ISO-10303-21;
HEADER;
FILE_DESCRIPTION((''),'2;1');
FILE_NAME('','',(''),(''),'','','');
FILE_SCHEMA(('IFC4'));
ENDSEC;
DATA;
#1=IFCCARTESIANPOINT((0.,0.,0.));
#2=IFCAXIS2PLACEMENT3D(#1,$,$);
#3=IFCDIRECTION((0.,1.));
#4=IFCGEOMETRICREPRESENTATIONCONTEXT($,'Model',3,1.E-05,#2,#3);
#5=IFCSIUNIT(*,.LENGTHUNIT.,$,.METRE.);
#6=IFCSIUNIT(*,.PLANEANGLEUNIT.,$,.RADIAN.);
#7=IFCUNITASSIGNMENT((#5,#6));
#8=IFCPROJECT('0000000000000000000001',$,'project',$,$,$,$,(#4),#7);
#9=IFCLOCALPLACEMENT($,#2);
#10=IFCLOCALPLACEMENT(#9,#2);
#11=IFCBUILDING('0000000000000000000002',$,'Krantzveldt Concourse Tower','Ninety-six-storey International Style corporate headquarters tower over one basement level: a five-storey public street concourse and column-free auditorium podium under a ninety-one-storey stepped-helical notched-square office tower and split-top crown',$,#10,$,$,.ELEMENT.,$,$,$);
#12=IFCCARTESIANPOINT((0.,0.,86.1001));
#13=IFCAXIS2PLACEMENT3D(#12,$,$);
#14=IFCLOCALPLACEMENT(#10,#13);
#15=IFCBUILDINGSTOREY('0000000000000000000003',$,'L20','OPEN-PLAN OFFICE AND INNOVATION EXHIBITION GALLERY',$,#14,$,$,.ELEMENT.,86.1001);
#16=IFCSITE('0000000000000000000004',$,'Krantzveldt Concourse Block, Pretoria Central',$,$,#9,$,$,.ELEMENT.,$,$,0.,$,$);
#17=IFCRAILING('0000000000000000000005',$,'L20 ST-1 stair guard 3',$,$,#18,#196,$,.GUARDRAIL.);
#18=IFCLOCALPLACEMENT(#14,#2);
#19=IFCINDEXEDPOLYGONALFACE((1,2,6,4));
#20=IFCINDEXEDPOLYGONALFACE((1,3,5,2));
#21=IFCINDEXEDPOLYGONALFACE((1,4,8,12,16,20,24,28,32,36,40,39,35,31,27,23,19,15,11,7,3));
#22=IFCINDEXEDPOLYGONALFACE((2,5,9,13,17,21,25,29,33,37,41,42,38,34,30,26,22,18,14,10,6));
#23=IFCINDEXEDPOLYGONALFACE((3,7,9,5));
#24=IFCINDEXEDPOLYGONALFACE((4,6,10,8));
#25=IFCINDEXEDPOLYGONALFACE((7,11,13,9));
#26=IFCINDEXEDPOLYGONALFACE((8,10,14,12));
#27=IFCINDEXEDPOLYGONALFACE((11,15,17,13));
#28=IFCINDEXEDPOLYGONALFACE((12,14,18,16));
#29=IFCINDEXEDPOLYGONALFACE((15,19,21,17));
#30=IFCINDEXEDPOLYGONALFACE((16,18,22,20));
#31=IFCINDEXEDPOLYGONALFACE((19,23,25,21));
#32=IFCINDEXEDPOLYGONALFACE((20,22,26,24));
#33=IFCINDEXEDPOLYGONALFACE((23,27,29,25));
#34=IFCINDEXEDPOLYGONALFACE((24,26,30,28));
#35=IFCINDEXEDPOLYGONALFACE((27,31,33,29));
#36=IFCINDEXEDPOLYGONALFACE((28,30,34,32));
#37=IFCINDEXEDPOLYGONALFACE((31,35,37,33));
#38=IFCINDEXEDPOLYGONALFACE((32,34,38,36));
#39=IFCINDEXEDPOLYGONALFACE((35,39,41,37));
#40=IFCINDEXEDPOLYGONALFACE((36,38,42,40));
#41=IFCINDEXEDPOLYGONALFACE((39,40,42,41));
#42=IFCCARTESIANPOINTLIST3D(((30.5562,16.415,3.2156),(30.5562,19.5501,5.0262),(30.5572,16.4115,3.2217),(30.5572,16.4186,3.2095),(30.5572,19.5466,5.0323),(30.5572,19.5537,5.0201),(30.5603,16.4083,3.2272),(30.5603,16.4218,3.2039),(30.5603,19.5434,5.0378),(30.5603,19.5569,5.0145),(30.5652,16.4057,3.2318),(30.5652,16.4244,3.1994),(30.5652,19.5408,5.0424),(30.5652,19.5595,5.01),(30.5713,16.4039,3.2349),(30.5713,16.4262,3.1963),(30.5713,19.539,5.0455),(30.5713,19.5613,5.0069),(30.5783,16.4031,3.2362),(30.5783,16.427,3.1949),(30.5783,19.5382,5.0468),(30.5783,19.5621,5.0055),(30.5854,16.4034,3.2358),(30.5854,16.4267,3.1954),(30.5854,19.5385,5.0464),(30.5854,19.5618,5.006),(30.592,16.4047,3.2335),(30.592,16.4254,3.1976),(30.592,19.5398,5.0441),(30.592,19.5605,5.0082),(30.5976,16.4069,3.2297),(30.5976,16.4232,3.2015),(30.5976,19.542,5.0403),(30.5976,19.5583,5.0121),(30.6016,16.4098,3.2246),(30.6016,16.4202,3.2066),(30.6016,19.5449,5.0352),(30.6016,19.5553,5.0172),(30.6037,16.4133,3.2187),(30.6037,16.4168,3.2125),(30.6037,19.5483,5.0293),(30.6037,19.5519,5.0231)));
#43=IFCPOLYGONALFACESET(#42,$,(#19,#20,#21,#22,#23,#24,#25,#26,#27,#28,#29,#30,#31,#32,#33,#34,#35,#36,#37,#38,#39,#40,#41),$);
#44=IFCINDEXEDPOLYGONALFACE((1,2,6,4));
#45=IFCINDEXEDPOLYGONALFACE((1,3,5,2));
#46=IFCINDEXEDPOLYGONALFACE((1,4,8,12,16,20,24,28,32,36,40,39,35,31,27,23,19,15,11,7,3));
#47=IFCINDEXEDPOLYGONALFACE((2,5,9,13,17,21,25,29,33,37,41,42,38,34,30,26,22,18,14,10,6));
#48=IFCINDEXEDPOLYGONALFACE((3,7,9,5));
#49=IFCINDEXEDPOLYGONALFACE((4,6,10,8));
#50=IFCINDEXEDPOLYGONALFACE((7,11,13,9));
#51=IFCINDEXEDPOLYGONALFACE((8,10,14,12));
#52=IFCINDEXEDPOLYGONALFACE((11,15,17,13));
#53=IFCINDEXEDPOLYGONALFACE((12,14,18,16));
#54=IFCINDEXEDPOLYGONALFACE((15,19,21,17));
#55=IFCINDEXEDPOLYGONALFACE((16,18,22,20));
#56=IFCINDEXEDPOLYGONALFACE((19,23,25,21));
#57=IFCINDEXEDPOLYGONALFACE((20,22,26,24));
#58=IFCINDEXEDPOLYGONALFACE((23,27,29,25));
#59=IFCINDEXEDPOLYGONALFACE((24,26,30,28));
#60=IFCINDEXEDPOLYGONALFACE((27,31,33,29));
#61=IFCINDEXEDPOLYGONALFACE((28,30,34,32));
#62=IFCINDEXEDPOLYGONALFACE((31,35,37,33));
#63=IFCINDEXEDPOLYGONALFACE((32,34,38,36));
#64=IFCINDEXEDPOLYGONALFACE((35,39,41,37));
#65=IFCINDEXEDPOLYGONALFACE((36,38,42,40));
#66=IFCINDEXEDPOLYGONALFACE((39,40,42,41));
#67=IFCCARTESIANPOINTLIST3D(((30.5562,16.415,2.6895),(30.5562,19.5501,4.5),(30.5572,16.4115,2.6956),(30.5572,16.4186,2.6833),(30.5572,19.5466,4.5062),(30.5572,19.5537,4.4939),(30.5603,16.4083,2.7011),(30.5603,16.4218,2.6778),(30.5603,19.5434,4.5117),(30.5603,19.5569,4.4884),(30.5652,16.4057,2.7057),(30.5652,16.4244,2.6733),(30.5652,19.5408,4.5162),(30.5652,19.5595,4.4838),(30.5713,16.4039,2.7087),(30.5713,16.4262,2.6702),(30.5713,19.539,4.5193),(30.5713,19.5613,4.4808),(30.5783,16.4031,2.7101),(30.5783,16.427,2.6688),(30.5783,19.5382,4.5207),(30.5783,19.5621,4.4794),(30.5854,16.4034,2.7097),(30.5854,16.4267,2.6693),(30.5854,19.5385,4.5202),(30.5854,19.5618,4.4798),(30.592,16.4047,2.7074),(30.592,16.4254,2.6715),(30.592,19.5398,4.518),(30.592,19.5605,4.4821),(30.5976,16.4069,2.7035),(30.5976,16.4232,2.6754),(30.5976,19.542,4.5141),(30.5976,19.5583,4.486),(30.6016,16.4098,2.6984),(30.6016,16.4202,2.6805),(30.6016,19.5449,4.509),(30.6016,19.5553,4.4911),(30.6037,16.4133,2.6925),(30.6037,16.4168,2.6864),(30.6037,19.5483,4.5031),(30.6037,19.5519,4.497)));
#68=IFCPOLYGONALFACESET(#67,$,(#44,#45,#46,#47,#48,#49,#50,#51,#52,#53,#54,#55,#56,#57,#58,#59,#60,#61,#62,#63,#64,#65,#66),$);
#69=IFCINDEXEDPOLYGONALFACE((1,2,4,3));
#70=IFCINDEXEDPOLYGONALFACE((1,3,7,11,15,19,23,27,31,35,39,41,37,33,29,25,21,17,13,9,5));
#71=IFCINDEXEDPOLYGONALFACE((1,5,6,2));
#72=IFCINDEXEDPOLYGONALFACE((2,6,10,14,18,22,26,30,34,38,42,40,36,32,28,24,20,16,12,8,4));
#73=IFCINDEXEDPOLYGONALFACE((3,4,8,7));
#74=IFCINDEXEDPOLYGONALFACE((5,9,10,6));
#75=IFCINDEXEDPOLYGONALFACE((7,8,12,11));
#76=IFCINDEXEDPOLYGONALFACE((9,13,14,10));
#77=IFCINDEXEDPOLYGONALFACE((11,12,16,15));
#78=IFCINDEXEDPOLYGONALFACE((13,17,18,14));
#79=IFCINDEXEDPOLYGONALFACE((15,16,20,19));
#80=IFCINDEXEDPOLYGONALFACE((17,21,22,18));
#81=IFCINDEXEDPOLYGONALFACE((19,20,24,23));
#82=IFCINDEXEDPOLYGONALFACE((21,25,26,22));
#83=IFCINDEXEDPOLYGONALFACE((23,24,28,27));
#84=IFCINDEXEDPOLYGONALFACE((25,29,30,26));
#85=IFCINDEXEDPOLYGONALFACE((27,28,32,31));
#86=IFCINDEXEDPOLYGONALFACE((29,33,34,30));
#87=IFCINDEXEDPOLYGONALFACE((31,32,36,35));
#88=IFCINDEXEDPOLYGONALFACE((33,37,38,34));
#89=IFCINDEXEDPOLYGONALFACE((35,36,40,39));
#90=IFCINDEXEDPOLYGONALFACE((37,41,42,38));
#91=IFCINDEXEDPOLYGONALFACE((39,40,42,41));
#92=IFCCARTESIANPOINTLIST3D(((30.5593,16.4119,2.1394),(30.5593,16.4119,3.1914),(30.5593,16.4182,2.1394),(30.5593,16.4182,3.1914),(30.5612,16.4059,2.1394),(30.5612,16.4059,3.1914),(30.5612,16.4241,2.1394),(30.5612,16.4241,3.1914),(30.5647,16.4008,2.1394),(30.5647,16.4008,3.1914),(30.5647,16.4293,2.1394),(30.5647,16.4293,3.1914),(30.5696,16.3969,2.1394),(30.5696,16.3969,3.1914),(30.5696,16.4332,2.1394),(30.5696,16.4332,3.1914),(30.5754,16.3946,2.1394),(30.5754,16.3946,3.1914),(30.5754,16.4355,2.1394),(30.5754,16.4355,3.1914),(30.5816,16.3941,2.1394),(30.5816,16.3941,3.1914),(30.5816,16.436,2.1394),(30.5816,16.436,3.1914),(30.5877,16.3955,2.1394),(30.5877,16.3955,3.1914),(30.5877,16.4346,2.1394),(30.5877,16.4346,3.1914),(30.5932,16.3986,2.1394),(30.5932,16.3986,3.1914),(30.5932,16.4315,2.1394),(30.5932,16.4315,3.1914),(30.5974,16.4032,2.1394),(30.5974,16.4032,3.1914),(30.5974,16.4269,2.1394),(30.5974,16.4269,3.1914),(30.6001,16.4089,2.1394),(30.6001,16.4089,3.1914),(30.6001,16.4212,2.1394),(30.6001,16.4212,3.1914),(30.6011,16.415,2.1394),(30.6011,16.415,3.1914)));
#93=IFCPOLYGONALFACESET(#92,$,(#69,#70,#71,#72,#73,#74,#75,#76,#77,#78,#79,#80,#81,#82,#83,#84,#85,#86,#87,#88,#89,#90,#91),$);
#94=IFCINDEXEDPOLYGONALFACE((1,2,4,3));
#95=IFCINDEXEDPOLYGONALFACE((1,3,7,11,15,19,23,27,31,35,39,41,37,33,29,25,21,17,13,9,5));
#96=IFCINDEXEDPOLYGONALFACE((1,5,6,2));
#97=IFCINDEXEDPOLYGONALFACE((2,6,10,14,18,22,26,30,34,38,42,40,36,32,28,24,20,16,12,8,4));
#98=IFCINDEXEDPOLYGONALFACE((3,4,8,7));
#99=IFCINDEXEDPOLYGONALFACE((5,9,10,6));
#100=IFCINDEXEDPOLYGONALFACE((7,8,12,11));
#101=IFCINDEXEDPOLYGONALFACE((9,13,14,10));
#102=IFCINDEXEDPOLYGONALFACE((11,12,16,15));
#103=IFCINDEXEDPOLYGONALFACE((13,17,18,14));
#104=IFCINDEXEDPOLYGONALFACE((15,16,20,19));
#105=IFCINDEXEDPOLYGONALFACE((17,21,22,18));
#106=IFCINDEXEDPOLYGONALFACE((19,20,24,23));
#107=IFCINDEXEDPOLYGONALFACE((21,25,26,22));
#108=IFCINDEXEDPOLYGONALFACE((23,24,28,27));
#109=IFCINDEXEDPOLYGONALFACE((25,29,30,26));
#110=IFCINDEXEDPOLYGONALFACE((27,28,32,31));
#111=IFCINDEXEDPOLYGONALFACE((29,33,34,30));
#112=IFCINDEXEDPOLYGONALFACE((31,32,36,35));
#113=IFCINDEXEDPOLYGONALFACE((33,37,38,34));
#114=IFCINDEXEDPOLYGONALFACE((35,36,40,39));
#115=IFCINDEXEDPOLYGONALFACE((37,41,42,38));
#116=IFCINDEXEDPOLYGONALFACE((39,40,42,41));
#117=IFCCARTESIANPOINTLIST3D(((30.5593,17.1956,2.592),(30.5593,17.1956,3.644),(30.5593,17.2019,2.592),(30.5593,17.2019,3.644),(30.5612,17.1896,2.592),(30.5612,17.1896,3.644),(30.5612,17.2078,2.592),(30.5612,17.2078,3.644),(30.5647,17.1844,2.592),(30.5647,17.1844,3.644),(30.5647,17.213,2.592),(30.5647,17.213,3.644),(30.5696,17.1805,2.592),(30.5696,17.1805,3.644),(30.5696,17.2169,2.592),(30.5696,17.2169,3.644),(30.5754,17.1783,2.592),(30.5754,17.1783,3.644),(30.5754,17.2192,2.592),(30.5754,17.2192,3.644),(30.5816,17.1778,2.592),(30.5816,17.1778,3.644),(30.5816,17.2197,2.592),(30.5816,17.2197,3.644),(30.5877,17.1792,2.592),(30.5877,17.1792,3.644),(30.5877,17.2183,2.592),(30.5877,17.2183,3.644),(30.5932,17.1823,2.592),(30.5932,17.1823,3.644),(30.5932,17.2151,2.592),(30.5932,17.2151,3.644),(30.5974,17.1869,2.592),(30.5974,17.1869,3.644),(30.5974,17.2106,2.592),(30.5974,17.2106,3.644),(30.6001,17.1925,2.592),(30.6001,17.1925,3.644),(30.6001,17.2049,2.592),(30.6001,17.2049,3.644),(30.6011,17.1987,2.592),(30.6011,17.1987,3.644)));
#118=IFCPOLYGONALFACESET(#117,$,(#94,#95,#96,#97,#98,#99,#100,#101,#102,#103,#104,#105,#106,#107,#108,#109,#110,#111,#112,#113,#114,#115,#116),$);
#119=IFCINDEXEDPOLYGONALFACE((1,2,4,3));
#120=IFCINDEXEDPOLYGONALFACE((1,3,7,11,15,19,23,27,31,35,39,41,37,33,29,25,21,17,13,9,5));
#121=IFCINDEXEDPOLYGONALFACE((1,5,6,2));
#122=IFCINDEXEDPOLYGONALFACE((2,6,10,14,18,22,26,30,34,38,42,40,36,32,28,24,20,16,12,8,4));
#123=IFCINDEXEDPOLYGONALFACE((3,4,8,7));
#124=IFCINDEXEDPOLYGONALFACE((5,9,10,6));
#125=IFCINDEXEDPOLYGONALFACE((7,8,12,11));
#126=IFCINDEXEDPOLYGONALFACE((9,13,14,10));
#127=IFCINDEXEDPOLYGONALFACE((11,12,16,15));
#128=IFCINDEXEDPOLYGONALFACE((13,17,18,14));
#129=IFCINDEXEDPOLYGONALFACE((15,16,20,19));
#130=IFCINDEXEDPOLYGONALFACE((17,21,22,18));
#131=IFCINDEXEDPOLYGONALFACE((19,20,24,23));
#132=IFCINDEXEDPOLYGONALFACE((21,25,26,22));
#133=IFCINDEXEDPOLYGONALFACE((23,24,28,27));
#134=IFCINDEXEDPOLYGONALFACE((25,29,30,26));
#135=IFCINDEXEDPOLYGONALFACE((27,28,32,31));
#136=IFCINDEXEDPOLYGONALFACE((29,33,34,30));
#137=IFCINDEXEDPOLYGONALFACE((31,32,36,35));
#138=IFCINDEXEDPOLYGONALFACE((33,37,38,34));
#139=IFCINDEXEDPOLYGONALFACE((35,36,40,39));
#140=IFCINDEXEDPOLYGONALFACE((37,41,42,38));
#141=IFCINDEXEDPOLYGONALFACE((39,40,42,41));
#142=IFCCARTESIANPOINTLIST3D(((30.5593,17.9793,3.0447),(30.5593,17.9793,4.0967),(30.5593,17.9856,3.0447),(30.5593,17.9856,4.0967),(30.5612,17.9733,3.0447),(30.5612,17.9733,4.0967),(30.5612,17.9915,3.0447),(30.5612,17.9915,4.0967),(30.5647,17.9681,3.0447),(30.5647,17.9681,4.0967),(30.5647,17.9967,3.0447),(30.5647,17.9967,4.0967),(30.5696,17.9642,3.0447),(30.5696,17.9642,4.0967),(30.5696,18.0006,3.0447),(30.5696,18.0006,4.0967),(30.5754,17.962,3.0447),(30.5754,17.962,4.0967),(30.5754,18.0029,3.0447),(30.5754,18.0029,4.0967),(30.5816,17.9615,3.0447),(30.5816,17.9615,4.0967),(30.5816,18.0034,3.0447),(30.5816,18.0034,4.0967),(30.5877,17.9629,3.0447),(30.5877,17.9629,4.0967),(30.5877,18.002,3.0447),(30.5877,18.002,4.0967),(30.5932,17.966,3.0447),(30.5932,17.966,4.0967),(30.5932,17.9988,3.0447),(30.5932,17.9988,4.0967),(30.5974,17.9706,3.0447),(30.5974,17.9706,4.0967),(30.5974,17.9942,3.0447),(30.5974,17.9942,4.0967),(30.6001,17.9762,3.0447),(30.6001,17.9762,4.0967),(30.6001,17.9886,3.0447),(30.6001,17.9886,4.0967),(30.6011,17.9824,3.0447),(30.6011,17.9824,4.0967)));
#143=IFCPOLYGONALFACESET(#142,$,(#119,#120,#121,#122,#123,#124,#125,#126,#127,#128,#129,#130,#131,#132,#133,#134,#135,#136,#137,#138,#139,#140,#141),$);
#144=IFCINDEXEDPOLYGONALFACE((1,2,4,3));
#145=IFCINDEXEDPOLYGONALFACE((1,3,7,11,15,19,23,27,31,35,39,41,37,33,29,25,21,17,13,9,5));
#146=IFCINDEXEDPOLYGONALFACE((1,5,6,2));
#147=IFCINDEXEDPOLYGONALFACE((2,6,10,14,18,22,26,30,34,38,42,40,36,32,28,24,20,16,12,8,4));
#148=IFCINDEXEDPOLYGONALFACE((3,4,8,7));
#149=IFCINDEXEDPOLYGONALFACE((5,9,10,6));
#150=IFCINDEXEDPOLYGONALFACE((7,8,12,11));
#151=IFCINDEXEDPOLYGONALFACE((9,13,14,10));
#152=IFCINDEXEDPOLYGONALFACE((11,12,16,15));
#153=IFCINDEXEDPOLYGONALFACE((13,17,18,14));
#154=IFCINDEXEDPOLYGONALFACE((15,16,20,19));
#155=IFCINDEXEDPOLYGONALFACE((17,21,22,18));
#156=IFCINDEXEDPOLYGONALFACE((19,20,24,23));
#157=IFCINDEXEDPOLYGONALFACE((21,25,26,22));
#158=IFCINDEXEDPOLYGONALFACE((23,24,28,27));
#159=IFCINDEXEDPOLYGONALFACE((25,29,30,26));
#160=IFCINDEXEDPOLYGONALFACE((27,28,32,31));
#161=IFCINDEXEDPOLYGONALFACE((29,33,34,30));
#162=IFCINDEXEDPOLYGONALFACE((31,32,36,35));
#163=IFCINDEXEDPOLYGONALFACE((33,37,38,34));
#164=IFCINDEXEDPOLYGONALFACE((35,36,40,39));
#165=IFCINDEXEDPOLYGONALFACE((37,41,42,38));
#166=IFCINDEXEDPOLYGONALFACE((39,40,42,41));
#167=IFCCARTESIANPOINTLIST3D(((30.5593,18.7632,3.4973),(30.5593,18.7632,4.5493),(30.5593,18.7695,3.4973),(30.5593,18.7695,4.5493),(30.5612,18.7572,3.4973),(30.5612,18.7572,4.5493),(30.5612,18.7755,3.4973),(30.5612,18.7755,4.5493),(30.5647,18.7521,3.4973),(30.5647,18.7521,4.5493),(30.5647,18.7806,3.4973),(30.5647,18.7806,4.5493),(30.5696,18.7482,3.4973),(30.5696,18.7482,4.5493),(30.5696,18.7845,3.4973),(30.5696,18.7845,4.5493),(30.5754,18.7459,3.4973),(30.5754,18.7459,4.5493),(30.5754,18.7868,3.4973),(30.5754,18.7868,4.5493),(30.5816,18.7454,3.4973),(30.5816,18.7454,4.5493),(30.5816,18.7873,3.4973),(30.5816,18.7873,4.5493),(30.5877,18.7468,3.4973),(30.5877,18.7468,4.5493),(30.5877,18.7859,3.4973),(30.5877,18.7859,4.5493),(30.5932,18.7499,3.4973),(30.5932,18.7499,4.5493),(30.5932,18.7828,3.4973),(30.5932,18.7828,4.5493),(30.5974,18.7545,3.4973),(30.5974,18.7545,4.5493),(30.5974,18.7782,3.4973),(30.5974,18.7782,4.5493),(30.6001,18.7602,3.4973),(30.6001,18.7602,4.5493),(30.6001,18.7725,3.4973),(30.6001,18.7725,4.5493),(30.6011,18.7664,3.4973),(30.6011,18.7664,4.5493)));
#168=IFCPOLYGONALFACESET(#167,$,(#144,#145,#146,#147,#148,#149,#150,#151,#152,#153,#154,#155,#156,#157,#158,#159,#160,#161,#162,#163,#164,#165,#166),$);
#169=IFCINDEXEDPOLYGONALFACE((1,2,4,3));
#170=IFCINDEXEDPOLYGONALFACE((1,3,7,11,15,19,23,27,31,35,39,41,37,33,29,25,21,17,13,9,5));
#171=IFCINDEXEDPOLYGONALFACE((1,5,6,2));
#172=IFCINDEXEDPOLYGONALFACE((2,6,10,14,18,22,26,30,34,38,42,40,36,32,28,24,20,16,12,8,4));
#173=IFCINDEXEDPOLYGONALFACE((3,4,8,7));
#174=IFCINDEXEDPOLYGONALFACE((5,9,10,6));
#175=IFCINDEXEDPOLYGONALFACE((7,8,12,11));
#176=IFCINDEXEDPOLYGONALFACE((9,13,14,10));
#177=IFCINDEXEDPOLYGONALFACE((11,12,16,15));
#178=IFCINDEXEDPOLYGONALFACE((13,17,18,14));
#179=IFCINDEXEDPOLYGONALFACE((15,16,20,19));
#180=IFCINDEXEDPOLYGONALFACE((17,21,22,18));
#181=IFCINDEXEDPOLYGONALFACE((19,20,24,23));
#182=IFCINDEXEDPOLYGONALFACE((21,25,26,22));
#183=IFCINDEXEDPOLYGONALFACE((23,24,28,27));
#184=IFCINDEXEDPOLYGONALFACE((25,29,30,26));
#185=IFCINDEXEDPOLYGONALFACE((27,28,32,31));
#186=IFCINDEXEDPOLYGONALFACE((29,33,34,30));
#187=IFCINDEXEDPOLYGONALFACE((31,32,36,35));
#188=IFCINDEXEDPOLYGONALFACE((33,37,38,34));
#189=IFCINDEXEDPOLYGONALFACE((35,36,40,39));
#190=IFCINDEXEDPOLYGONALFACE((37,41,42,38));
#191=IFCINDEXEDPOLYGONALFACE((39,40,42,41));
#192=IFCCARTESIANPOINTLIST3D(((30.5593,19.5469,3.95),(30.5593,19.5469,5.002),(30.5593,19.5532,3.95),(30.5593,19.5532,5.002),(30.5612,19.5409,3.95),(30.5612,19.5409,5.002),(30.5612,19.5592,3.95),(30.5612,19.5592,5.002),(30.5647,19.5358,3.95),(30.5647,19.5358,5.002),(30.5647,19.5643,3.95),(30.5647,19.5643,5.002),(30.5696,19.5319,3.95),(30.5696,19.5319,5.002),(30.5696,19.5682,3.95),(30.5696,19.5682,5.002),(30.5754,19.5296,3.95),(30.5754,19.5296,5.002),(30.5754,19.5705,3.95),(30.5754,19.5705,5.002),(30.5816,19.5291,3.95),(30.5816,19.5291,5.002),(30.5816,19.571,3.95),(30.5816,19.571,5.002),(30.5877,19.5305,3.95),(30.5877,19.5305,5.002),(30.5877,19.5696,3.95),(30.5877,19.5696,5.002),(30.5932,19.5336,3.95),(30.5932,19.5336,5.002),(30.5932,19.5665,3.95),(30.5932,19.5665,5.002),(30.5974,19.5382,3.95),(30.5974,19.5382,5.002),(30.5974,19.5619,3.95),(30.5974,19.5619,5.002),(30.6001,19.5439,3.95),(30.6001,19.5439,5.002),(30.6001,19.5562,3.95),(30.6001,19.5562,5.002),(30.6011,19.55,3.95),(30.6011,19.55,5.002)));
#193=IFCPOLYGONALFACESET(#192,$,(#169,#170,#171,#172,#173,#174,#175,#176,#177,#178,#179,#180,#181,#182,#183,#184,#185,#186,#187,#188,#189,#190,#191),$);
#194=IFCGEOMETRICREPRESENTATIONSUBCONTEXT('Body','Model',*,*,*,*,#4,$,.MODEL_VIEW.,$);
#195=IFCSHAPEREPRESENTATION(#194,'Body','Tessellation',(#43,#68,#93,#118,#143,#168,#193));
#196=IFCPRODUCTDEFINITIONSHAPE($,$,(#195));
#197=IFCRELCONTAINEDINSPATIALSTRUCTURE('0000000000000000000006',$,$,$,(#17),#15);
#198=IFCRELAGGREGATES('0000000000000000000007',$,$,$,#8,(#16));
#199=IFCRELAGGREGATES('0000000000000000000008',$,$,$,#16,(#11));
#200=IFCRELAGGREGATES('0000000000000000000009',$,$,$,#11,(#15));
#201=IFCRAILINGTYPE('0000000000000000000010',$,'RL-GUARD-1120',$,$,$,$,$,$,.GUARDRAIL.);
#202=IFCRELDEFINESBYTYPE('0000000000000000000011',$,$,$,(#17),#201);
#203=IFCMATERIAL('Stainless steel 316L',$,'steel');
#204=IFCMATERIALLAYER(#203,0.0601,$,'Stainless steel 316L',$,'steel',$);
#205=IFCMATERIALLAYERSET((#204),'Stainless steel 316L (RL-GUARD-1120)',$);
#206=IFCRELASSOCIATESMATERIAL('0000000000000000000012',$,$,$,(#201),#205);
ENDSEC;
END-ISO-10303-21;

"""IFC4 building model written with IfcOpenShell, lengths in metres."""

from ifc_helpers import new_model, si_unit, direction, frame, origin, origin_2d, place, context, subcontext, project, spatial, circle, extrude, material, layer, layer_set, type_object, element, save


model = new_model("IFC4")

# Units and contexts
model_context = context("Model", 3, precision=1e-05, world=origin(), true_north=direction((0.0, 1.0)))
body_context = subcontext(model_context, "Body", "Model", "MODEL_VIEW")
ifc_project = project(units=[si_unit("LENGTHUNIT", "METRE"), si_unit("PLANEANGLEUNIT", "RADIAN")], contexts=[model_context])

# Site, building, storey
site_placement = place(None, origin())
site = spatial("IfcSite", under=ifc_project, at=site_placement, Name="Krantzveldt Concourse Block, Pretoria Central", CompositionType="ELEMENT", RefElevation=0.0)
building_placement = place(site_placement, origin())
building = spatial("IfcBuilding", under=site, at=building_placement, Name="Krantzveldt Concourse Tower", Description="Ninety-six-storey International Style corporate headquarters tower over one basement level: a five-storey public street concourse and column-free auditorium podium under a ninety-one-storey stepped-helical notched-square office tower and split-top crown", CompositionType="ELEMENT")
storey_placement = place(building_placement, frame((0.0, 0.0, 86.1001)))
storey = spatial("IfcBuildingStorey", under=building, at=storey_placement, Name="L20", Description="OPEN-PLAN OFFICE AND INNOVATION EXHIBITION GALLERY", CompositionType="ELEMENT", Elevation=86.1001)

# Railing
ifc_material_1 = material(Name="Stainless steel 316L", Category="steel")
ifc_layer_1 = layer(ifc_material_1, 0.0601, Name="Stainless steel 316L", Category="steel")
ifc_layer_set_1 = layer_set([ifc_layer_1], Name="Stainless steel 316L (RL-GUARD-1120)")
railing_type_1 = type_object("IfcRailingType", Name="RL-GUARD-1120", PredefinedType="GUARDRAIL", material=ifc_layer_set_1)
railing_1_placement = place(storey_placement, frame((30.5801, 16.415, 2.1394)))
element("IfcRailing", 1, at=railing_1_placement, inside=storey, type_object=railing_type_1, Name="L20 ST-1 stair guard 3", PredefinedType="GUARDRAIL", context=body_context, shape_type="SweptSolid", body=[
    extrude(circle(Radius=0.0239, at=origin_2d()), frame((0.0, 0.0, 1.0762), z_axis=(0.0, 0.86596, 0.500114), x_axis=(-1.0, 0.0, 0.0)), (0.0, 0.0, 1.0), 3.6204),
    extrude(circle(Radius=0.0239, at=origin_2d()), frame((0.0, 0.0, 0.55), z_axis=(0.0, 0.86596, 0.500114), x_axis=(-1.0, 0.0, 0.0)), (0.0, 0.0, 1.0), 3.6204),
    extrude(circle(Radius=0.021, at=origin_2d()), origin(), (0.0, 0.0, 1.0), 1.052),
    extrude(circle(Radius=0.021, at=origin_2d()), frame((0.0, 0.7837, 0.4526)), (0.0, 0.0, 1.0), 1.052),
    extrude(circle(Radius=0.021, at=origin_2d()), frame((0.0, 1.5674, 0.9053)), (0.0, 0.0, 1.0), 1.052),
    extrude(circle(Radius=0.021, at=origin_2d()), frame((0.0, 2.3513, 1.3579)), (0.0, 0.0, 1.0), 1.052),
    extrude(circle(Radius=0.021, at=origin_2d()), frame((0.0, 3.135, 1.8105)), (0.0, 0.0, 1.0), 1.052),
])

save(model, "model.ifc")
